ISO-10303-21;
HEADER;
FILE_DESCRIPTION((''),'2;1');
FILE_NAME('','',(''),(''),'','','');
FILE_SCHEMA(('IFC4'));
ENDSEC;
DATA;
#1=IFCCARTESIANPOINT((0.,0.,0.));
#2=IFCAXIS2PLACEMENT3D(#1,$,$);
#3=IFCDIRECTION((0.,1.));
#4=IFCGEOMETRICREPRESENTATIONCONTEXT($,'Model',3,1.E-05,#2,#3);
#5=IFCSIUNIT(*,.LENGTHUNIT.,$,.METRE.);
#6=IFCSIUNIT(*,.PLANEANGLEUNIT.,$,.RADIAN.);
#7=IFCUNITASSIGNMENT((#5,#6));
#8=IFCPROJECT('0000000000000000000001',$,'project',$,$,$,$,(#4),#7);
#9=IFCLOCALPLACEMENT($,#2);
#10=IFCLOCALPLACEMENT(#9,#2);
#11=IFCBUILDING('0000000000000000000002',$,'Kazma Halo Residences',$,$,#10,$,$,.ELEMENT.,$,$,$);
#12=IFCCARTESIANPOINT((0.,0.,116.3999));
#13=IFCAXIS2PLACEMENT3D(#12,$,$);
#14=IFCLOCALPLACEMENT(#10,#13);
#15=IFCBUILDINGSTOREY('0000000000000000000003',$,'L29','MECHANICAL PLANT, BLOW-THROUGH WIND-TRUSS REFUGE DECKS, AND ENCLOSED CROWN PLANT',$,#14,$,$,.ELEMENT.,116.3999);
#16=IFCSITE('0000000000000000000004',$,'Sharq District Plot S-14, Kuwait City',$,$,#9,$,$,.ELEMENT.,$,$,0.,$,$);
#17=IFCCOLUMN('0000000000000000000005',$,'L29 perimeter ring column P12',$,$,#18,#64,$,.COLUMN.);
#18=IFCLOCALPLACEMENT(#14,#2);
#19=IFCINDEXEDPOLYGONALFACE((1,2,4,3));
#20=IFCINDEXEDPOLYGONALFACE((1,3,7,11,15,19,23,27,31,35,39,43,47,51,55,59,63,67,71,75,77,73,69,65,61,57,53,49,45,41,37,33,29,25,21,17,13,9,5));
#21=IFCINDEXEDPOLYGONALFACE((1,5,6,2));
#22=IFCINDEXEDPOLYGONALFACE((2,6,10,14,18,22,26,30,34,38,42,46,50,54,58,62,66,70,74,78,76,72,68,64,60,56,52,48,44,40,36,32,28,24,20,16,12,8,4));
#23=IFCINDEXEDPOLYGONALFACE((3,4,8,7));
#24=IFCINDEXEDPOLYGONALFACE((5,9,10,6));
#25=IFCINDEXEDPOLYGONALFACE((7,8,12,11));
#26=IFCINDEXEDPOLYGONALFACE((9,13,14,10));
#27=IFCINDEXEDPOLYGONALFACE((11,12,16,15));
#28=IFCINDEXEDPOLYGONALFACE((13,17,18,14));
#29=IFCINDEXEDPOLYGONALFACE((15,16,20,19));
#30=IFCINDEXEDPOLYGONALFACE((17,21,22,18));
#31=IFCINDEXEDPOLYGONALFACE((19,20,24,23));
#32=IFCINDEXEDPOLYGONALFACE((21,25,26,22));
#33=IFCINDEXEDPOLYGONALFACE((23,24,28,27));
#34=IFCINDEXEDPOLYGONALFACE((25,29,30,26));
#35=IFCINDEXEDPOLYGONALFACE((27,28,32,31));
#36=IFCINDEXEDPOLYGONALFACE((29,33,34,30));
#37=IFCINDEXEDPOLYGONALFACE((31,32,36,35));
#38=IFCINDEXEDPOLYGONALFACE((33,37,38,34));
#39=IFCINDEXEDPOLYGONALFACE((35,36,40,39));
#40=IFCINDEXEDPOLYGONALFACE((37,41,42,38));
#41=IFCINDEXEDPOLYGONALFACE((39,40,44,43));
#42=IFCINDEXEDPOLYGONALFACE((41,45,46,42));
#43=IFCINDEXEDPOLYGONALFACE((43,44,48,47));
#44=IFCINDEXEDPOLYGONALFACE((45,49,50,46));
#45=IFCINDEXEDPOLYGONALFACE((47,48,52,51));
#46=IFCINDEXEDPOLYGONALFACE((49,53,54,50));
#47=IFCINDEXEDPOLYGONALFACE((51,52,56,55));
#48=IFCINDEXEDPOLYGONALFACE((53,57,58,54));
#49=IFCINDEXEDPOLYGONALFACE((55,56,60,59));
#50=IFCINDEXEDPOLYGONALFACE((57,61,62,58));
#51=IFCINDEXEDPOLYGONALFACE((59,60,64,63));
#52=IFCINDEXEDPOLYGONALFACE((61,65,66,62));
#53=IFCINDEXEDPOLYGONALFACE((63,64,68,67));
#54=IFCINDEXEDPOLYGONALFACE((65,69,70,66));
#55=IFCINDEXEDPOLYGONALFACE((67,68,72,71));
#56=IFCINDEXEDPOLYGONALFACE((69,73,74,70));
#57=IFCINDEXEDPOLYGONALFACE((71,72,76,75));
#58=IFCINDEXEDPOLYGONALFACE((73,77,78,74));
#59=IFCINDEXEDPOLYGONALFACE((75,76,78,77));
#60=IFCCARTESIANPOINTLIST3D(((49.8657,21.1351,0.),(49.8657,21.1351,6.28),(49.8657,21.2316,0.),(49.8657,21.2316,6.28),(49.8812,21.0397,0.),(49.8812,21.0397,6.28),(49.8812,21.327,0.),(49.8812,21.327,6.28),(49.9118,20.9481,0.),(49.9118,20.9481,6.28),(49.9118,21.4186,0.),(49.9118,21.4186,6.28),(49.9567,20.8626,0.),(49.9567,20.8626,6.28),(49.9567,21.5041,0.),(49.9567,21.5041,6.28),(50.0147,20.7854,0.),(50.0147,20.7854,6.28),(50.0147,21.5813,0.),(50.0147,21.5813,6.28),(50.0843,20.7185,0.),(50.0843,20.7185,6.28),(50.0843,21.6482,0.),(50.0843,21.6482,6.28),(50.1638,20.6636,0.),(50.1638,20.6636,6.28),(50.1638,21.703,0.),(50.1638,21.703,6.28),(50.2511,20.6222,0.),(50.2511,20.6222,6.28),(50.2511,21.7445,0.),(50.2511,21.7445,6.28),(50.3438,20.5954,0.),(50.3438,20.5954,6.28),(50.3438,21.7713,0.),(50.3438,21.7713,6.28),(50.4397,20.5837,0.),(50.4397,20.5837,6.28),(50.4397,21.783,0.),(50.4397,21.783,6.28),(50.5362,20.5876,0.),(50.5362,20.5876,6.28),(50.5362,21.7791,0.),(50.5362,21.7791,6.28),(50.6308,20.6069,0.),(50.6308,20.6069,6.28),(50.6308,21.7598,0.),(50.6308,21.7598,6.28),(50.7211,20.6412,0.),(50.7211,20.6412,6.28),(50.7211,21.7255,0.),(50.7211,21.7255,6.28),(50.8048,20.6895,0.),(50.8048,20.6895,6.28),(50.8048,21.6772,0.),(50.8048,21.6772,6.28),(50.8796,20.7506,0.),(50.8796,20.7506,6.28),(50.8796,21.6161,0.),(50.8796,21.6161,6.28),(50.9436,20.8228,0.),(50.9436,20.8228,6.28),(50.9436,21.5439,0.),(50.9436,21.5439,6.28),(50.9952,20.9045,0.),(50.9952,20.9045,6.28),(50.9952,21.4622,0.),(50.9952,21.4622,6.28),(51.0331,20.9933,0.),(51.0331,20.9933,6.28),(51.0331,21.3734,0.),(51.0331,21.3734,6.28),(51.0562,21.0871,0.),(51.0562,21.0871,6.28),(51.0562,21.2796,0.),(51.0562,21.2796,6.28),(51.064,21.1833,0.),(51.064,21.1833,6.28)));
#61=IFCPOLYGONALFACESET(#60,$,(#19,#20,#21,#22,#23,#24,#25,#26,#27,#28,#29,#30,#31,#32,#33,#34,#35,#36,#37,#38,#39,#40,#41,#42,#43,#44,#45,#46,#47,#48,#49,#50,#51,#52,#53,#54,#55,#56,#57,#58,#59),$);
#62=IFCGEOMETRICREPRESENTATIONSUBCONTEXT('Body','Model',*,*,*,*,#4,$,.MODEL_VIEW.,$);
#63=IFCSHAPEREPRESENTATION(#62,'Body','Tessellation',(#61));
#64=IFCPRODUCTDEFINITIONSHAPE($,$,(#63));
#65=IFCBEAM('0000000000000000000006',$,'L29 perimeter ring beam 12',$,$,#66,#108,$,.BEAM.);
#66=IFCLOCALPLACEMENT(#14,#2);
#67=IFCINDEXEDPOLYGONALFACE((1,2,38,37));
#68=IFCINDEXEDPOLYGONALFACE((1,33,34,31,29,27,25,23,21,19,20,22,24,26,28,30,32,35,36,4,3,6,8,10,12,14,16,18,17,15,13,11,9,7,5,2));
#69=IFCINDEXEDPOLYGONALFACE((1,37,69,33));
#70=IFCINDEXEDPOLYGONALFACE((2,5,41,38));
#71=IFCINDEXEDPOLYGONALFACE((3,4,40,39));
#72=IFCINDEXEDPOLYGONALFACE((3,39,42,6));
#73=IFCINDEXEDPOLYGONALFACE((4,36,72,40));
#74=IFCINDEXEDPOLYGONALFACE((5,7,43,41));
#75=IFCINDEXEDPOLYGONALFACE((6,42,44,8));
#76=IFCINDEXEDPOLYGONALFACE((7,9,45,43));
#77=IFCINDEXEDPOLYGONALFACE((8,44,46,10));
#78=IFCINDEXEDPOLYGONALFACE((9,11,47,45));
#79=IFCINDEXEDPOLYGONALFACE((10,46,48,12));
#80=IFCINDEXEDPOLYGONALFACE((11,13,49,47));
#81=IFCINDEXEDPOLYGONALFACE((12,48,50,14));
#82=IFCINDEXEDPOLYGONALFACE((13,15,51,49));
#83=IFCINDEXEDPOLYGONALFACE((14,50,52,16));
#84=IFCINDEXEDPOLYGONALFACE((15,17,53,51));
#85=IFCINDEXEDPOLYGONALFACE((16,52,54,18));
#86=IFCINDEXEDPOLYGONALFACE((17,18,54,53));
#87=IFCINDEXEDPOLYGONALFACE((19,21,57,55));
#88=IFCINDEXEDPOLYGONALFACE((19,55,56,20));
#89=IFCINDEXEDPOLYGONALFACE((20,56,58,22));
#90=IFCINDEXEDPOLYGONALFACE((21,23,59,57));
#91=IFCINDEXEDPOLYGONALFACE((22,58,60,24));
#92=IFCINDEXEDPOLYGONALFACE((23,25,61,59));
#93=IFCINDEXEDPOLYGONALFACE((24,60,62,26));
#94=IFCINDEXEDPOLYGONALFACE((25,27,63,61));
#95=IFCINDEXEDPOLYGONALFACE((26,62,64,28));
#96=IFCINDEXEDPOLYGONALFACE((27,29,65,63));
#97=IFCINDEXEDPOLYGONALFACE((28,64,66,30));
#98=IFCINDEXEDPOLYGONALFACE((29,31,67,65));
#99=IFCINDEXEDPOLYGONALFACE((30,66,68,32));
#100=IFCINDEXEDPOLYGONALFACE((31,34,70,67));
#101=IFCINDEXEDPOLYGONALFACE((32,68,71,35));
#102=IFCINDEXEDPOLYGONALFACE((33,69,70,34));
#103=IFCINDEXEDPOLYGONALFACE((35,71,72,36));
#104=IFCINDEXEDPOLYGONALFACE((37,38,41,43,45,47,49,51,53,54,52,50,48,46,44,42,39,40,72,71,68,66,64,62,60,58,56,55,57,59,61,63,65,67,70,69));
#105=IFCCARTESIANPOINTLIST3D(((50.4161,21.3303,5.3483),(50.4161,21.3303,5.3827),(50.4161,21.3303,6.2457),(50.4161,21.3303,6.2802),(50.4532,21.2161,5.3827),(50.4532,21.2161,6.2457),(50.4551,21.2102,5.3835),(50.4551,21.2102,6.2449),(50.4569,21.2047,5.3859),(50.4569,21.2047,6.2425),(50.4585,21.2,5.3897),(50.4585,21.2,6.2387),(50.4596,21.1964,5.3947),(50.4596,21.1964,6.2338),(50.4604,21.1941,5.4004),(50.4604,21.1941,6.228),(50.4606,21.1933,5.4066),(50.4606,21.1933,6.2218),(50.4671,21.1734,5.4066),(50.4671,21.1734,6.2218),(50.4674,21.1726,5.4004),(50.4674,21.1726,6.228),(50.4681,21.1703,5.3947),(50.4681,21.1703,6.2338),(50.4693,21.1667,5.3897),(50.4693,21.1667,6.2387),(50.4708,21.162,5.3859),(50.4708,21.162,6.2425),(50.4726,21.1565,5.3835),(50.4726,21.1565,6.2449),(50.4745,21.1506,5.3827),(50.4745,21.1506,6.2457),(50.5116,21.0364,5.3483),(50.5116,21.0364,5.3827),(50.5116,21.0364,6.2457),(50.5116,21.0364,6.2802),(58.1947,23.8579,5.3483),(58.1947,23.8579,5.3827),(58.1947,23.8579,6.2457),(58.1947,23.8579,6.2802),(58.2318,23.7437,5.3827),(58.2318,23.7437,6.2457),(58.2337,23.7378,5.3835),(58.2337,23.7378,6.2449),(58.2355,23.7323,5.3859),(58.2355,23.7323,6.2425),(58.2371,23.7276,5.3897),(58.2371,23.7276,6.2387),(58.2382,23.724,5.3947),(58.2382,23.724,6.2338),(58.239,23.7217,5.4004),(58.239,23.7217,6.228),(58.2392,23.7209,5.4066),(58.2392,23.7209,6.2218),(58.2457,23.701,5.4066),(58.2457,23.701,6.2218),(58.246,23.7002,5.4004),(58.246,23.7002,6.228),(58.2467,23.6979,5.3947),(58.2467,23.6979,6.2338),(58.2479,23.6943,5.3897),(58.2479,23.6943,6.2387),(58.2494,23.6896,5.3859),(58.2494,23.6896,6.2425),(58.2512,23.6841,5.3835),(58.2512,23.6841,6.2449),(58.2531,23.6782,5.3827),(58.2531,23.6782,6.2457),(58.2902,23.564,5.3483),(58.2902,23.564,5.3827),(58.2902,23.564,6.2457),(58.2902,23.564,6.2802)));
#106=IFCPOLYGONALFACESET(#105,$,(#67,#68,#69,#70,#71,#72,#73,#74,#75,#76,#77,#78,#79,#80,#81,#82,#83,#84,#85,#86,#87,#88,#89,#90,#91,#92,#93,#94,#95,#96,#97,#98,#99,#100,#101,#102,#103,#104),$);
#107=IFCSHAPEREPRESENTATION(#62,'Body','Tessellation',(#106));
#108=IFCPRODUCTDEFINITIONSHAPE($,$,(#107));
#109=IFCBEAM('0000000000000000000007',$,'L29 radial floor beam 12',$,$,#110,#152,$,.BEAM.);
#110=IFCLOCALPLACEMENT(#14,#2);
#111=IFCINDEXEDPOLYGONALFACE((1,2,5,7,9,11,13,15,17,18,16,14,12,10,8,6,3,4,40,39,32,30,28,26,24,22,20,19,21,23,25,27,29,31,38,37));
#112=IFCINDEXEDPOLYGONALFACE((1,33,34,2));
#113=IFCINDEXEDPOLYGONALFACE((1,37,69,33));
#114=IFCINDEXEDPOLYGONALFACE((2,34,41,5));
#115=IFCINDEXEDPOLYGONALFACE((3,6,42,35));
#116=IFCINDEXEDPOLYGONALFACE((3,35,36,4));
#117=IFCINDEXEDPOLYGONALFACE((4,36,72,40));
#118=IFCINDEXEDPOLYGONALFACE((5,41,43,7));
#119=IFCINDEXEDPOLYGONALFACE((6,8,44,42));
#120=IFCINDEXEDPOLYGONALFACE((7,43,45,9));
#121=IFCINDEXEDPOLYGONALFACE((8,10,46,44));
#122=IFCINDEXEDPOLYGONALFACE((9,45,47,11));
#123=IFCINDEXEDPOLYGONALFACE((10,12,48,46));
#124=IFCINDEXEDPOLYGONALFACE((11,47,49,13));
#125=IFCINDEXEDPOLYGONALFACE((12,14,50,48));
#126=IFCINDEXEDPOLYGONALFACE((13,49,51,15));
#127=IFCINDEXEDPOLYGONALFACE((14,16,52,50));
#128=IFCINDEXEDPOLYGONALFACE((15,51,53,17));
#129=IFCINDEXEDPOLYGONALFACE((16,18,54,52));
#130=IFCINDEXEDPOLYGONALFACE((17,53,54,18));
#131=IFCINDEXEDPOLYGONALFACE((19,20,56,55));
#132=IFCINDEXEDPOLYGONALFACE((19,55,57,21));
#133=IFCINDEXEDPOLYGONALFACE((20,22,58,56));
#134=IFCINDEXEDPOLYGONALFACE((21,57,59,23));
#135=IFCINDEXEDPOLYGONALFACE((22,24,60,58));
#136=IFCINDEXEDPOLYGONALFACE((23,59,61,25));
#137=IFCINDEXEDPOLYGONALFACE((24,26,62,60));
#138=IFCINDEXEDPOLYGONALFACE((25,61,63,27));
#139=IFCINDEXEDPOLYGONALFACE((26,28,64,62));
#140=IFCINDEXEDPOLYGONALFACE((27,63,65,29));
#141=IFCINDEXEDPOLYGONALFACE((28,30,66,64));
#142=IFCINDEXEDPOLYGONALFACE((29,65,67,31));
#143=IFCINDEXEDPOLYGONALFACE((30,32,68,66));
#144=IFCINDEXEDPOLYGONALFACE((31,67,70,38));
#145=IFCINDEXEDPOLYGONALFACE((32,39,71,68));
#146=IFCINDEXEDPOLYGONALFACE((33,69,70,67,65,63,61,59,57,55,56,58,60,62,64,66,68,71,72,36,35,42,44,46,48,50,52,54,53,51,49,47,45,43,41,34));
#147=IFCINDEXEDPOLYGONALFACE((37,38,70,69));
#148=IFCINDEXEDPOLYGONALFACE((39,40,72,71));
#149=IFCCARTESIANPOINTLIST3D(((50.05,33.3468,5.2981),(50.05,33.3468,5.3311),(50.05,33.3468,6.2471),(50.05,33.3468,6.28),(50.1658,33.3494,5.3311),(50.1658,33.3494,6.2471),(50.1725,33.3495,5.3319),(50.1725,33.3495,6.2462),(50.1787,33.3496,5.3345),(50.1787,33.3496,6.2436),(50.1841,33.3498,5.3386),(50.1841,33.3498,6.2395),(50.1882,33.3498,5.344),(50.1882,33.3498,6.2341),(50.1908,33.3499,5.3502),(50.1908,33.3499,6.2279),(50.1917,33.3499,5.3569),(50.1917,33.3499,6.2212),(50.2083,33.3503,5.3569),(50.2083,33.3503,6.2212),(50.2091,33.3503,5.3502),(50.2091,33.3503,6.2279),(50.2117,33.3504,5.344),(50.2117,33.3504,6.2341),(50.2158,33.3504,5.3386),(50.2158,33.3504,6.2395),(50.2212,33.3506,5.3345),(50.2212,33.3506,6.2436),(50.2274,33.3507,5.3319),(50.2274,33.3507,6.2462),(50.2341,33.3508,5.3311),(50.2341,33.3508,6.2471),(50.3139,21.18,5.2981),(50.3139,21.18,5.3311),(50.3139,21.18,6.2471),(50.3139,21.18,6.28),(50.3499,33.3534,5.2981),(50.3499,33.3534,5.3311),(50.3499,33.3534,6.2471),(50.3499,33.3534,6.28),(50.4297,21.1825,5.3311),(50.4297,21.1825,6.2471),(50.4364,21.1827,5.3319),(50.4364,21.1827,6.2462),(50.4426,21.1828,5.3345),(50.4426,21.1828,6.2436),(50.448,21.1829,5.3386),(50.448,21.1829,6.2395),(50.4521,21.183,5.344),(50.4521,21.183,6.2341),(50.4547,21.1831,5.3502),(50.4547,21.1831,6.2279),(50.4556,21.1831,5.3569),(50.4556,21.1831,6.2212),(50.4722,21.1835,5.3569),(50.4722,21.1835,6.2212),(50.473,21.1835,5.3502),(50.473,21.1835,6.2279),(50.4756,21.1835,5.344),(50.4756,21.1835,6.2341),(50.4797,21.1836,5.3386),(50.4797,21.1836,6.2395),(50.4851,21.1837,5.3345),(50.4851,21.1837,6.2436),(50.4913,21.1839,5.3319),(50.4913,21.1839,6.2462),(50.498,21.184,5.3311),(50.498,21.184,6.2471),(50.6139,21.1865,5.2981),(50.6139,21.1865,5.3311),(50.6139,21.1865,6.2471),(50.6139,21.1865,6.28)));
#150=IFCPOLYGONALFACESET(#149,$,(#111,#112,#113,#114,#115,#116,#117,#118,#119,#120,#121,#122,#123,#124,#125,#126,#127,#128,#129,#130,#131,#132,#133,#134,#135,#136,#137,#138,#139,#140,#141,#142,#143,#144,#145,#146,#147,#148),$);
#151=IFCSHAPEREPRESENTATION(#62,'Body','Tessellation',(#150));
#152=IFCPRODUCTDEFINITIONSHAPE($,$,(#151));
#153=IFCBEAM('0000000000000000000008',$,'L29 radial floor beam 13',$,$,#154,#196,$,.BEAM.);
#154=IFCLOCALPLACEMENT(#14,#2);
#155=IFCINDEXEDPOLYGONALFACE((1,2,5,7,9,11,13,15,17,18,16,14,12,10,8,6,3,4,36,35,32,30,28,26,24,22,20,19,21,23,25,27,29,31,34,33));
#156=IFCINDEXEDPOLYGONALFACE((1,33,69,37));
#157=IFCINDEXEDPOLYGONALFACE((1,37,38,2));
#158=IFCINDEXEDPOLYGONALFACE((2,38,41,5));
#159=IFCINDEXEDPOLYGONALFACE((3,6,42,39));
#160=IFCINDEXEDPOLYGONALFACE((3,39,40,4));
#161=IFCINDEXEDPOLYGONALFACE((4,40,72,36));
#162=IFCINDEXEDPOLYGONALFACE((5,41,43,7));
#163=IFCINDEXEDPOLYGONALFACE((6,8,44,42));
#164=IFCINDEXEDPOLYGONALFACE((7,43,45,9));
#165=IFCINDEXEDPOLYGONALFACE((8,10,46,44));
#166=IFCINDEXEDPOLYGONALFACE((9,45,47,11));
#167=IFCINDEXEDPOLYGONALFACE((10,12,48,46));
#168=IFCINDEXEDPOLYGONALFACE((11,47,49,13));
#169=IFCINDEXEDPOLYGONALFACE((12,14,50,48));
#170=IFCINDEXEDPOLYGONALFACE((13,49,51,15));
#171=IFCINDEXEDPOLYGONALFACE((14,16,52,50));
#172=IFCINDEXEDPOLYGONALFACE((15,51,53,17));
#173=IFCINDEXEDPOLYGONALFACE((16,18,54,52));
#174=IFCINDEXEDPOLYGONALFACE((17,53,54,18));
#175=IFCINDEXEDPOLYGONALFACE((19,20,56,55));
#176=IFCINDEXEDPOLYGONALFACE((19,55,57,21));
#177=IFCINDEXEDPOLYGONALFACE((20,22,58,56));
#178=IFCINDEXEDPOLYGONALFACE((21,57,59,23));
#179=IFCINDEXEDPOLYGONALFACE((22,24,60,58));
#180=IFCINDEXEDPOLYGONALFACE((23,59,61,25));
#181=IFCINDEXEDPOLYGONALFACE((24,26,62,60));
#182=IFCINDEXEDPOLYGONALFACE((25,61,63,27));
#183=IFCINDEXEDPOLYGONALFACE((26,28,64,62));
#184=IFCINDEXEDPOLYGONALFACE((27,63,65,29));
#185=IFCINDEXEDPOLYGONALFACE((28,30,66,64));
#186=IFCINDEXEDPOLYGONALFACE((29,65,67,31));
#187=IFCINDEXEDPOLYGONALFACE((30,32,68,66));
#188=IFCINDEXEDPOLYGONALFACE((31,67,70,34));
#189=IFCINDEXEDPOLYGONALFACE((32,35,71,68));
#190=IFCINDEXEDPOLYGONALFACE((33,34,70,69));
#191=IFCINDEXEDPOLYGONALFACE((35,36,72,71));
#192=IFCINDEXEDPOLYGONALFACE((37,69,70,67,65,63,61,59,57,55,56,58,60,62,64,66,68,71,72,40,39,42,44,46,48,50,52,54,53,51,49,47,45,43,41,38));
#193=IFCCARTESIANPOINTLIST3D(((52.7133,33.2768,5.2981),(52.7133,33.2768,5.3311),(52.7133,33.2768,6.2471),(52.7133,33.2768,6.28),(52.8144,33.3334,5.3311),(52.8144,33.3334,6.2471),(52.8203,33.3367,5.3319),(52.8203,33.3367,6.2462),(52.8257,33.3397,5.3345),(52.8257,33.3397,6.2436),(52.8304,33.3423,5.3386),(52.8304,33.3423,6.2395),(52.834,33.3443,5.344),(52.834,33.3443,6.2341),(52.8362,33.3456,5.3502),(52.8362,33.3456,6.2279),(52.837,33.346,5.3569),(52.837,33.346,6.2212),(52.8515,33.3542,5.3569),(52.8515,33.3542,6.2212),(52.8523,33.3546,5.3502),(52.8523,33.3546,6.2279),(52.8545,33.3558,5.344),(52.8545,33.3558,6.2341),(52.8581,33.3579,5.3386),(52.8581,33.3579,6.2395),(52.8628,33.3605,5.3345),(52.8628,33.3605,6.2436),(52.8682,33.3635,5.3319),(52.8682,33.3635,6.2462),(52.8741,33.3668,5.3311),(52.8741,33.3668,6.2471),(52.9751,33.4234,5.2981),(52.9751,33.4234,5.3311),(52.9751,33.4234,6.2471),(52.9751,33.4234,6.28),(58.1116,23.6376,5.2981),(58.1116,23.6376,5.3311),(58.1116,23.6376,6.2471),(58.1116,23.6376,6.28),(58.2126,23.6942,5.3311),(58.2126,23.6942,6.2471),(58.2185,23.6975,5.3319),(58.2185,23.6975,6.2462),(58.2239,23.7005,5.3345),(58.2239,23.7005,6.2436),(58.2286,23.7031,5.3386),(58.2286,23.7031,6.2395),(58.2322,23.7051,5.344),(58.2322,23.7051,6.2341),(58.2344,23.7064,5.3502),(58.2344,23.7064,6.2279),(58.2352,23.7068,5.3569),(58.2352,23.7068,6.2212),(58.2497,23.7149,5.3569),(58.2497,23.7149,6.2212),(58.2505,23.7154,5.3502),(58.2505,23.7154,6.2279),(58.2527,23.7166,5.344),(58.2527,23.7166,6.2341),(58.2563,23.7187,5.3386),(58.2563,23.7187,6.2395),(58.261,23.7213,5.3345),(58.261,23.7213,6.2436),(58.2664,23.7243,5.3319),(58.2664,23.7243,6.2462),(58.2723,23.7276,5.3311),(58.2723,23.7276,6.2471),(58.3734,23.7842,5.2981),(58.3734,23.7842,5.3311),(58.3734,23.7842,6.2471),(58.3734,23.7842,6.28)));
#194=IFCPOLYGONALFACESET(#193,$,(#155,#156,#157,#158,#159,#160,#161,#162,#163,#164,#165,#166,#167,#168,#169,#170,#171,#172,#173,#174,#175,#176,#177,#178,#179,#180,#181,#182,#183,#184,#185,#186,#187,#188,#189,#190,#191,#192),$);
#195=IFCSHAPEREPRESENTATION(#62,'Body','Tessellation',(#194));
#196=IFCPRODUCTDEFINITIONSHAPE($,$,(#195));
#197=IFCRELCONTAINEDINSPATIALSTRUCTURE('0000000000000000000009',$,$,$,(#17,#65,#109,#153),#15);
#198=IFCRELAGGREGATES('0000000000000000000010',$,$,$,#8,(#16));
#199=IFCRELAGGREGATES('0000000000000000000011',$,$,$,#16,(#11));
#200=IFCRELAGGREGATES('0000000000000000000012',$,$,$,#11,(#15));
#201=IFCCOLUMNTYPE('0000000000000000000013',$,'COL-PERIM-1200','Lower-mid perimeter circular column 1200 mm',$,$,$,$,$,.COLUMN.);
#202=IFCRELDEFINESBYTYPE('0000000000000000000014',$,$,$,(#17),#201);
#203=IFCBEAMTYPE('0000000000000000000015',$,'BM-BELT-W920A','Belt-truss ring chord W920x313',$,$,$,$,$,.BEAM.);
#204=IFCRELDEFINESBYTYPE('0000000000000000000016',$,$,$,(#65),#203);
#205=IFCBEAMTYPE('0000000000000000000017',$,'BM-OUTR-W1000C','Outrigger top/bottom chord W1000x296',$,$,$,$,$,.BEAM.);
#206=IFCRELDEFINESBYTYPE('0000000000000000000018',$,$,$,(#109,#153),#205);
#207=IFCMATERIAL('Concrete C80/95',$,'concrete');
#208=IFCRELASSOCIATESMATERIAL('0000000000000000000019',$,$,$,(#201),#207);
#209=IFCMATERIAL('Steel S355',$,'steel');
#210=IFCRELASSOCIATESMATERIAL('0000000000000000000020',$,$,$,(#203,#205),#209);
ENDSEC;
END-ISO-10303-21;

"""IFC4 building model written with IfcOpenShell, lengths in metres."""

from ifc_helpers import new_model, si_unit, direction, frame, origin, origin_2d, place, context, subcontext, project, spatial, circle, i_section, extrude, material, material_profile, profile_set, type_object, element, save


model = new_model("IFC4")

# Units and contexts
model_context = context("Model", 3, precision=1e-05, world=origin(), true_north=direction((0.0, 1.0)))
body_context = subcontext(model_context, "Body", "Model", "MODEL_VIEW")
ifc_project = project(units=[si_unit("LENGTHUNIT", "METRE"), si_unit("PLANEANGLEUNIT", "RADIAN")], contexts=[model_context])

# Site, building, storey
site_placement = place(None, origin())
site = spatial("IfcSite", under=ifc_project, at=site_placement, Name="Sharq District Plot S-14, Kuwait City", CompositionType="ELEMENT", RefElevation=0.0)
building_placement = place(site_placement, origin())
building = spatial("IfcBuilding", under=site, at=building_placement, Name="Kazma Halo Residences", CompositionType="ELEMENT")
storey_placement = place(building_placement, frame((0.0, 0.0, 116.3999)))
storey = spatial("IfcBuildingStorey", under=building, at=storey_placement, Name="L29", Description="MECHANICAL PLANT, BLOW-THROUGH WIND-TRUSS REFUGE DECKS, AND ENCLOSED CROWN PLANT", CompositionType="ELEMENT", Elevation=116.3999)

# Column
ifc_material_1 = material(Name="Concrete C80/95", Category="concrete")
ifc_material_profile_1 = material_profile(ifc_material_1, circle(Radius=0.6001, at=origin_2d()), Name="CIRC1200")
ifc_profile_set_1 = profile_set([ifc_material_profile_1], Name="Concrete C80/95")
column_type = type_object("IfcColumnType", Name="COL-PERIM-1200", Description="Lower-mid perimeter circular column 1200 mm", PredefinedType="COLUMN", material=ifc_profile_set_1)
column_placement = place(storey_placement, frame((50.4639, 21.1833, 0.0), z_axis=(0.0, 0.0, 1.0), x_axis=(1.0, 0.0, 0.0)))
element("IfcColumn", 1, at=column_placement, inside=storey, type_object=column_type, Name="L29 perimeter ring column P12", PredefinedType="COLUMN", context=body_context, shape_type="SweptSolid", body=[
    extrude(circle(Radius=0.6001, at=origin_2d()), origin(), (0.0, 0.0, 1.0), 6.28),
])

# Beams
ifc_material_2 = material(Name="Steel S355", Category="steel")
ifc_material_profile_2 = material_profile(ifc_material_2, i_section(OverallWidth=0.3091, OverallDepth=0.9319, WebThickness=0.021, FlangeThickness=0.0344, FilletRadius=0.0239, at=origin_2d()), Name="W920x313")
ifc_profile_set_2 = profile_set([ifc_material_profile_2], Name="Steel S355")
beam_type_1 = type_object("IfcBeamType", Name="BM-BELT-W920A", Description="Belt-truss ring chord W920x313", PredefinedType="BEAM", material=ifc_profile_set_2)
beam_1_placement = place(storey_placement, frame((50.4639, 21.1833, 5.8142), z_axis=(0.95105, 0.309037, 0.0), x_axis=(-0.309037, 0.95105, 0.0)))
element("IfcBeam", 2, at=beam_1_placement, inside=storey, type_object=beam_type_1, Name="L29 perimeter ring beam 12", PredefinedType="BEAM", context=body_context, shape_type="SweptSolid", body=[
    extrude(i_section(OverallWidth=0.3091, OverallDepth=0.9319, WebThickness=0.021, FlangeThickness=0.0344, FilletRadius=0.0239, at=origin_2d()), origin(), (0.0, 0.0, 1.0), 8.179),
])
ifc_material_profile_3 = material_profile(ifc_material_2, i_section(OverallWidth=0.3, OverallDepth=0.9819, WebThickness=0.0166, FlangeThickness=0.033, FilletRadius=0.0259, at=origin_2d()), Name="W1000x296")
ifc_profile_set_3 = profile_set([ifc_material_profile_3], Name="Steel S355")
beam_type_2 = type_object("IfcBeamType", Name="BM-OUTR-W1000C", Description="Outrigger top/bottom chord W1000x296", PredefinedType="BEAM", material=ifc_profile_set_3)
beam_2_placement = place(storey_placement, frame((50.2, 33.3501, 5.7891), z_axis=(0.021686, -0.999765, 0.0), x_axis=(0.999765, 0.021686, 0.0)))
element("IfcBeam", 3, at=beam_2_placement, inside=storey, type_object=beam_type_2, Name="L29 radial floor beam 12", PredefinedType="BEAM", context=body_context, shape_type="SweptSolid", body=[
    extrude(i_section(OverallWidth=0.3, OverallDepth=0.9819, WebThickness=0.0166, FlangeThickness=0.033, FilletRadius=0.0259, at=origin_2d()), origin(), (0.0, 0.0, 1.0), 12.1697),
])
beam_3_placement = place(storey_placement, frame((52.8442, 33.3501, 5.7891), z_axis=(0.488622, -0.872496, 0.0), x_axis=(0.872496, 0.488622, 0.0)))
element("IfcBeam", 4, at=beam_3_placement, inside=storey, type_object=beam_type_2, Name="L29 radial floor beam 13", PredefinedType="BEAM", context=body_context, shape_type="SweptSolid", body=[
    extrude(i_section(OverallWidth=0.3, OverallDepth=0.9819, WebThickness=0.0166, FlangeThickness=0.033, FilletRadius=0.0259, at=origin_2d()), origin(), (0.0, 0.0, 1.0), 11.0479),
])

save(model, "model.ifc")
